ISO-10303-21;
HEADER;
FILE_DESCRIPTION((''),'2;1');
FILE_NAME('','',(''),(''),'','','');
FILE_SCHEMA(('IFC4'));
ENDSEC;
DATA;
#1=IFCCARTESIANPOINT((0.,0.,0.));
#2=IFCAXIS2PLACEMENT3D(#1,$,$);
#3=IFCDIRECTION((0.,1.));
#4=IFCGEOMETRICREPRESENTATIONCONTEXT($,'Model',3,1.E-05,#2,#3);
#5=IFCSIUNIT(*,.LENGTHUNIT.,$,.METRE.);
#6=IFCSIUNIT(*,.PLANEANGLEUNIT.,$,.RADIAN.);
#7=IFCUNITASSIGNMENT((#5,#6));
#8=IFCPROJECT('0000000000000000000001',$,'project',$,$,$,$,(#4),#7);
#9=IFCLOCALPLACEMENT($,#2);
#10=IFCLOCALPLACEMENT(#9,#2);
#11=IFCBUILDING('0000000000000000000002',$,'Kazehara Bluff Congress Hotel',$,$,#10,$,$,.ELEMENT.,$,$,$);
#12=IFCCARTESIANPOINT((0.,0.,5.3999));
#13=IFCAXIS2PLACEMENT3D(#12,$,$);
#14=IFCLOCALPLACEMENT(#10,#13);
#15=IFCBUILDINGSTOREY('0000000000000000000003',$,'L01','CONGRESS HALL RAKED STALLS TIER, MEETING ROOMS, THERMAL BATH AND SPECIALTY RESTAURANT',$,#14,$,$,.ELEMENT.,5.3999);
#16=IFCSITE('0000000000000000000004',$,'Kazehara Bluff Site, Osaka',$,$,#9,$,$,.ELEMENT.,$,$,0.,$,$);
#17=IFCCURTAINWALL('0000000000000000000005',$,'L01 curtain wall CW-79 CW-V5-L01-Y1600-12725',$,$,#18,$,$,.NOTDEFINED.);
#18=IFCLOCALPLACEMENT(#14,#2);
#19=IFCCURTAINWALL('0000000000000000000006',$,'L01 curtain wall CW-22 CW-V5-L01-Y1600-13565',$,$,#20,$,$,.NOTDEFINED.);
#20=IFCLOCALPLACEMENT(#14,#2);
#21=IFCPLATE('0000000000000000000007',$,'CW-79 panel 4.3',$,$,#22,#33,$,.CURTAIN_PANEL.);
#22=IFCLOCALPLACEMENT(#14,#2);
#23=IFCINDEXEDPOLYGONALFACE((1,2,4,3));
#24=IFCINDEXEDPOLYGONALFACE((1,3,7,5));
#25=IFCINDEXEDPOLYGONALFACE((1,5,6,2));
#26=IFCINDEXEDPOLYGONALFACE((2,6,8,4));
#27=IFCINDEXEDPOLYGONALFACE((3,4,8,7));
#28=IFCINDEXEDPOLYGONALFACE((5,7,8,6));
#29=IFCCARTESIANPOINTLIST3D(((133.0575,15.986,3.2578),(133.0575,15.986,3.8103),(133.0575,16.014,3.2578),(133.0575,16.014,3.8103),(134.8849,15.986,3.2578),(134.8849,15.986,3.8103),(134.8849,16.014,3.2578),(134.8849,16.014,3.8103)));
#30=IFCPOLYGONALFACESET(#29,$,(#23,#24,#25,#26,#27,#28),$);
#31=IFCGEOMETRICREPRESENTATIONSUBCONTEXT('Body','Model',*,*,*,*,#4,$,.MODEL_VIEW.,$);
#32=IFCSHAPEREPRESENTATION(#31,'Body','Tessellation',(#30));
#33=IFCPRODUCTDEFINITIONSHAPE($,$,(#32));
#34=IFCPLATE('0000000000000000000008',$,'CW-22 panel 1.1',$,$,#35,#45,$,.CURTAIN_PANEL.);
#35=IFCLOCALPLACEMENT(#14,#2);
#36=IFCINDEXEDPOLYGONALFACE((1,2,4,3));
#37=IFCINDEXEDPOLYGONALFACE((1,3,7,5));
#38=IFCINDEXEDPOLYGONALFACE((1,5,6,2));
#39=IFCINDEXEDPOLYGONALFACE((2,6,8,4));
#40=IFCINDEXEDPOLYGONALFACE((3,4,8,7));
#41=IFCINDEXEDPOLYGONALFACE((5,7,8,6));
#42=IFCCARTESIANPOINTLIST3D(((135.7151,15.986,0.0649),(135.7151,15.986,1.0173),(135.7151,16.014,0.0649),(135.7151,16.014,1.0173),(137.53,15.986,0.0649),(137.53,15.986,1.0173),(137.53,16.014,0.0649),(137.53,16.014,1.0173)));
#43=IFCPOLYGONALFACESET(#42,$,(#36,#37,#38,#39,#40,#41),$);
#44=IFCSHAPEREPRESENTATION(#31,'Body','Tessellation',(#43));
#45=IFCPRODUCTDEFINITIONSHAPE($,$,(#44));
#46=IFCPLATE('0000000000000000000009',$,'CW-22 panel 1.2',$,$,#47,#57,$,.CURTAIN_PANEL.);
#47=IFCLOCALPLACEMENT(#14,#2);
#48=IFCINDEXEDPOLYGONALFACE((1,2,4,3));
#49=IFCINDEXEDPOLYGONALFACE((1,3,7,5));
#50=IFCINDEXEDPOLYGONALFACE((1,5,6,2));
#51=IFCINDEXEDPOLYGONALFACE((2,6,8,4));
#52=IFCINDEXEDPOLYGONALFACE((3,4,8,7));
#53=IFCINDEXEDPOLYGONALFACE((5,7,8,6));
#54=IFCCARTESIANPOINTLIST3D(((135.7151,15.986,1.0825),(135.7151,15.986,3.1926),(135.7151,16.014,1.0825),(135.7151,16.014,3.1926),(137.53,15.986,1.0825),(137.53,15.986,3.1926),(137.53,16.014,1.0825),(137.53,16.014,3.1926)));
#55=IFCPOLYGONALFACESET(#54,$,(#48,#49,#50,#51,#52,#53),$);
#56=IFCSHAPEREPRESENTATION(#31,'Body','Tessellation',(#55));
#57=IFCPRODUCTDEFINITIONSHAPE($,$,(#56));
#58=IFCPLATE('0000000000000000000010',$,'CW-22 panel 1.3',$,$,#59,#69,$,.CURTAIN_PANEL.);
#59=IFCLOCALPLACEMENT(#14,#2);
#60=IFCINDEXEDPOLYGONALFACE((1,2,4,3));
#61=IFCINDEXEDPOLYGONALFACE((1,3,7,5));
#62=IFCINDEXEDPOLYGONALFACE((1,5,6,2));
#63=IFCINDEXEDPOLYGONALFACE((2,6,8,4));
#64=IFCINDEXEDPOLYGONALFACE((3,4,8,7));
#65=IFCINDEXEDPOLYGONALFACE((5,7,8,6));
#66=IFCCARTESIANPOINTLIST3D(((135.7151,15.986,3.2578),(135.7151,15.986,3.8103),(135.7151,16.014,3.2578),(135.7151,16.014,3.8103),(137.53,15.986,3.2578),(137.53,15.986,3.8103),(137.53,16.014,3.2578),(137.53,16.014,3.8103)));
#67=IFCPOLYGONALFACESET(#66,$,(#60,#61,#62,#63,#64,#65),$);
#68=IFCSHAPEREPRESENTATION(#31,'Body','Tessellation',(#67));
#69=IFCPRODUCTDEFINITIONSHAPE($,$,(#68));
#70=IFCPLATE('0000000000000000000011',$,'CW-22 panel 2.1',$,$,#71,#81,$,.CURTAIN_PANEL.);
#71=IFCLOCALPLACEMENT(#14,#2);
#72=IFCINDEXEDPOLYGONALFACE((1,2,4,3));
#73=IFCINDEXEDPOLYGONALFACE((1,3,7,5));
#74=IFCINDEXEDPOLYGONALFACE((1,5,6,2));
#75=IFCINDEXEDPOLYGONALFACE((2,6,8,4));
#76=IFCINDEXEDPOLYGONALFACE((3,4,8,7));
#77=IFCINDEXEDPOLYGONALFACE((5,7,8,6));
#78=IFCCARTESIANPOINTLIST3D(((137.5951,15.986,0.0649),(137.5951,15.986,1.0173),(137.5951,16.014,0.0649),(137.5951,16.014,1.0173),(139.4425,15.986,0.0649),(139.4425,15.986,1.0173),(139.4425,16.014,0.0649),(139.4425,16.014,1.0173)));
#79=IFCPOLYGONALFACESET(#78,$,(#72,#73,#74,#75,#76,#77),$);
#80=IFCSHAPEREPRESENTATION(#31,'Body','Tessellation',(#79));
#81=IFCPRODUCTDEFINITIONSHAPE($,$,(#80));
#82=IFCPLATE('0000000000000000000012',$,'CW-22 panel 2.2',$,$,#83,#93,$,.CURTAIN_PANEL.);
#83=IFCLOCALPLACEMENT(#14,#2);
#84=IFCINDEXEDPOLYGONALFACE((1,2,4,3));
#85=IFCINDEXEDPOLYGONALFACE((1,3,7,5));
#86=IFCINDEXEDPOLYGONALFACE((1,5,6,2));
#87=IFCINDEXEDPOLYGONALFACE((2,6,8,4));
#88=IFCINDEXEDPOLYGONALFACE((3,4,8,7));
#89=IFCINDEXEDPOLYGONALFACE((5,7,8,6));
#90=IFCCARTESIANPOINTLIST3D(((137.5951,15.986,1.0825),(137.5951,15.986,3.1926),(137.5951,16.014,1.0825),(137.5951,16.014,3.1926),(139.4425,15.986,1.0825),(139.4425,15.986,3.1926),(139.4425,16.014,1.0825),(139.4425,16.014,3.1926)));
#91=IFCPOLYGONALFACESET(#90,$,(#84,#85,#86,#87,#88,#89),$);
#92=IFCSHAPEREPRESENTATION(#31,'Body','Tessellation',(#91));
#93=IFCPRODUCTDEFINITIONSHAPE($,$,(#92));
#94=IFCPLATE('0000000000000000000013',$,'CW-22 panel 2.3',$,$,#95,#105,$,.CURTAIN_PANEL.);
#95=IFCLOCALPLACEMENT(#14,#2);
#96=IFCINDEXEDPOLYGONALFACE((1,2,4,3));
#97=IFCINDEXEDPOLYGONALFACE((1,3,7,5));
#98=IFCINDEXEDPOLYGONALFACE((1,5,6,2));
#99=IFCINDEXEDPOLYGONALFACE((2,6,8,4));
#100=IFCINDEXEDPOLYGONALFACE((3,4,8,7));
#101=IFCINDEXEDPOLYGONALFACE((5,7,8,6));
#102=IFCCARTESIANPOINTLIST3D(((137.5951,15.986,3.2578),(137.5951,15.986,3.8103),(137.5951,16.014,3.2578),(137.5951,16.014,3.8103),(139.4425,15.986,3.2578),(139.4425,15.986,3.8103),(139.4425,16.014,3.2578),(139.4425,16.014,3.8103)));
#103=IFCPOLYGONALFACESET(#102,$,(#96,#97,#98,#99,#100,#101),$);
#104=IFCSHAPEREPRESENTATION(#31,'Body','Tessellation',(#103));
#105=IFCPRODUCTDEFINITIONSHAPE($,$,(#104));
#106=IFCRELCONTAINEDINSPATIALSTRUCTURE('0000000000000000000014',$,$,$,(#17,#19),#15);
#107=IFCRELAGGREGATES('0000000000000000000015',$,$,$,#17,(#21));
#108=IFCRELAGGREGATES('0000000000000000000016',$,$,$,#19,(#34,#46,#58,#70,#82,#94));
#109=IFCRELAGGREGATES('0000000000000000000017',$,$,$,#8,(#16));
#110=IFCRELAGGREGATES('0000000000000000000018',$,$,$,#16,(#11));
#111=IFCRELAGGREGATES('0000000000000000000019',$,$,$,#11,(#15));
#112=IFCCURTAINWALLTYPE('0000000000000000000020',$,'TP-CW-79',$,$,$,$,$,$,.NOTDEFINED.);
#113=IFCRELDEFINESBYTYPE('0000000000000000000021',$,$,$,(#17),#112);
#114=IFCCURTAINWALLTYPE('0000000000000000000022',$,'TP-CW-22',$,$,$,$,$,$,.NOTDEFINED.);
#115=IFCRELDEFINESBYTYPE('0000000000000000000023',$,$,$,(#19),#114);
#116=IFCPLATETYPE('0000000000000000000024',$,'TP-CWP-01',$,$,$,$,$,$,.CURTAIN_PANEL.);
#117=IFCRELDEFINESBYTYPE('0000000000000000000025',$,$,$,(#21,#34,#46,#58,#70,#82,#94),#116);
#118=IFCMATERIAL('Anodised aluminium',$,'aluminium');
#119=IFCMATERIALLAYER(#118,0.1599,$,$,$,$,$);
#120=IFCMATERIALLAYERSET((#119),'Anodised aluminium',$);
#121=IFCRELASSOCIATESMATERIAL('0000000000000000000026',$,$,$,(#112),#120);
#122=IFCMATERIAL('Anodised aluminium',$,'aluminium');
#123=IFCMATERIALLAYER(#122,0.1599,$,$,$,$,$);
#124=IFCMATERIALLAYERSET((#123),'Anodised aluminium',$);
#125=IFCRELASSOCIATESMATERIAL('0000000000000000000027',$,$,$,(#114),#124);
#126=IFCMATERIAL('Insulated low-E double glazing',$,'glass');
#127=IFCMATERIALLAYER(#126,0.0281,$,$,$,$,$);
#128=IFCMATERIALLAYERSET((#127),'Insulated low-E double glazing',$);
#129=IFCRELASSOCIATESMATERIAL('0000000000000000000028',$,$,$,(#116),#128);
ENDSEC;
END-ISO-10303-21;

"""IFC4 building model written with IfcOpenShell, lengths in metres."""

from ifc_helpers import new_model, si_unit, direction, frame, origin, origin_2d, place, context, subcontext, project, spatial, rectangle, extrude, material, layer, layer_set, type_object, element, aggregate, save


model = new_model("IFC4")

# Units and contexts
model_context = context("Model", 3, precision=1e-05, world=origin(), true_north=direction((0.0, 1.0)))
body_context = subcontext(model_context, "Body", "Model", "MODEL_VIEW")
ifc_project = project(units=[si_unit("LENGTHUNIT", "METRE"), si_unit("PLANEANGLEUNIT", "RADIAN")], contexts=[model_context])

# Site, building, storey
site_placement = place(None, origin())
site = spatial("IfcSite", under=ifc_project, at=site_placement, Name="Kazehara Bluff Site, Osaka", CompositionType="ELEMENT", RefElevation=0.0)
building_placement = place(site_placement, origin())
building = spatial("IfcBuilding", under=site, at=building_placement, Name="Kazehara Bluff Congress Hotel", CompositionType="ELEMENT")
storey_placement = place(building_placement, frame((0.0, 0.0, 5.3999)))
storey = spatial("IfcBuildingStorey", under=building, at=storey_placement, Name="L01", Description="CONGRESS HALL RAKED STALLS TIER, MEETING ROOMS, THERMAL BATH AND SPECIALTY RESTAURANT", CompositionType="ELEMENT", Elevation=5.3999)

# Curtain walls
ifc_material_1 = material(Name="Anodised aluminium", Category="aluminium")
ifc_layer_1 = layer(ifc_material_1, 0.1599)
ifc_layer_set_1 = layer_set([ifc_layer_1], Name="Anodised aluminium")
curtain_wall_type_1 = type_object("IfcCurtainWallType", Name="TP-CW-79", PredefinedType="NOTDEFINED", material=ifc_layer_set_1)
curtain_wall_1_placement = place(storey_placement, origin())
curtain_wall_1 = element("IfcCurtainWall", 1, at=curtain_wall_1_placement, inside=storey, type_object=curtain_wall_type_1, Name="L01 curtain wall CW-79 CW-V5-L01-Y1600-12725", PredefinedType="NOTDEFINED")
ifc_material_2 = material(Name="Anodised aluminium", Category="aluminium")
ifc_layer_2 = layer(ifc_material_2, 0.1599)
ifc_layer_set_2 = layer_set([ifc_layer_2], Name="Anodised aluminium")
curtain_wall_type_2 = type_object("IfcCurtainWallType", Name="TP-CW-22", PredefinedType="NOTDEFINED", material=ifc_layer_set_2)
curtain_wall_2_placement = place(storey_placement, origin())
curtain_wall_2 = element("IfcCurtainWall", 2, at=curtain_wall_2_placement, inside=storey, type_object=curtain_wall_type_2, Name="L01 curtain wall CW-22 CW-V5-L01-Y1600-13565", PredefinedType="NOTDEFINED")

# Plates
ifc_material_3 = material(Name="Insulated low-E double glazing", Category="glass")
ifc_layer_3 = layer(ifc_material_3, 0.0281)
ifc_layer_set_3 = layer_set([ifc_layer_3], Name="Insulated low-E double glazing")
plate_type = type_object("IfcPlateType", Name="TP-CWP-01", PredefinedType="CURTAIN_PANEL", material=ifc_layer_set_3)
plate_1_placement = place(storey_placement, frame((133.9712, 16.0, 3.2578), z_axis=(0.0, 0.0, 1.0), x_axis=(1.0, 0.0, 0.0)))
plate_1 = element("IfcPlate", 3, at=plate_1_placement, type_object=plate_type, Name="CW-79 panel 4.3", PredefinedType="CURTAIN_PANEL", context=body_context, shape_type="SweptSolid", body=[
    extrude(rectangle(XDim=1.8274, YDim=0.0281, at=origin_2d()), origin(), (0.0, 0.0, 1.0), 0.5525),
])
aggregate(curtain_wall_1, [plate_1])
plate_2_placement = place(storey_placement, frame((136.6226, 16.0, 0.0649), z_axis=(0.0, 0.0, 1.0), x_axis=(1.0, 0.0, 0.0)))
plate_2 = element("IfcPlate", 4, at=plate_2_placement, type_object=plate_type, Name="CW-22 panel 1.1", PredefinedType="CURTAIN_PANEL", context=body_context, shape_type="SweptSolid", body=[
    extrude(rectangle(XDim=1.8149, YDim=0.0281, at=origin_2d()), origin(), (0.0, 0.0, 1.0), 0.9524),
])
plate_3_placement = place(storey_placement, frame((136.6226, 16.0, 1.0825), z_axis=(0.0, 0.0, 1.0), x_axis=(1.0, 0.0, 0.0)))
plate_3 = element("IfcPlate", 5, at=plate_3_placement, type_object=plate_type, Name="CW-22 panel 1.2", PredefinedType="CURTAIN_PANEL", context=body_context, shape_type="SweptSolid", body=[
    extrude(rectangle(XDim=1.8149, YDim=0.0281, at=origin_2d()), origin(), (0.0, 0.0, 1.0), 2.1101),
])
plate_4_placement = place(storey_placement, frame((136.6226, 16.0, 3.2578), z_axis=(0.0, 0.0, 1.0), x_axis=(1.0, 0.0, 0.0)))
plate_4 = element("IfcPlate", 6, at=plate_4_placement, type_object=plate_type, Name="CW-22 panel 1.3", PredefinedType="CURTAIN_PANEL", context=body_context, shape_type="SweptSolid", body=[
    extrude(rectangle(XDim=1.8149, YDim=0.0281, at=origin_2d()), origin(), (0.0, 0.0, 1.0), 0.5525),
])
plate_5_placement = place(storey_placement, frame((138.5188, 16.0, 0.0649), z_axis=(0.0, 0.0, 1.0), x_axis=(1.0, 0.0, 0.0)))
plate_5 = element("IfcPlate", 7, at=plate_5_placement, type_object=plate_type, Name="CW-22 panel 2.1", PredefinedType="CURTAIN_PANEL", context=body_context, shape_type="SweptSolid", body=[
    extrude(rectangle(XDim=1.8474, YDim=0.0281, at=origin_2d()), origin(), (0.0, 0.0, 1.0), 0.9524),
])
plate_6_placement = place(storey_placement, frame((138.5188, 16.0, 1.0825), z_axis=(0.0, 0.0, 1.0), x_axis=(1.0, 0.0, 0.0)))
plate_6 = element("IfcPlate", 8, at=plate_6_placement, type_object=plate_type, Name="CW-22 panel 2.2", PredefinedType="CURTAIN_PANEL", context=body_context, shape_type="SweptSolid", body=[
    extrude(rectangle(XDim=1.8474, YDim=0.0281, at=origin_2d()), origin(), (0.0, 0.0, 1.0), 2.1101),
])
plate_7_placement = place(storey_placement, frame((138.5188, 16.0, 3.2578), z_axis=(0.0, 0.0, 1.0), x_axis=(1.0, 0.0, 0.0)))
plate_7 = element("IfcPlate", 9, at=plate_7_placement, type_object=plate_type, Name="CW-22 panel 2.3", PredefinedType="CURTAIN_PANEL", context=body_context, shape_type="SweptSolid", body=[
    extrude(rectangle(XDim=1.8474, YDim=0.0281, at=origin_2d()), origin(), (0.0, 0.0, 1.0), 0.5525),
])
aggregate(curtain_wall_2, [plate_2, plate_3, plate_4, plate_5, plate_6, plate_7])

save(model, "model.ifc")
